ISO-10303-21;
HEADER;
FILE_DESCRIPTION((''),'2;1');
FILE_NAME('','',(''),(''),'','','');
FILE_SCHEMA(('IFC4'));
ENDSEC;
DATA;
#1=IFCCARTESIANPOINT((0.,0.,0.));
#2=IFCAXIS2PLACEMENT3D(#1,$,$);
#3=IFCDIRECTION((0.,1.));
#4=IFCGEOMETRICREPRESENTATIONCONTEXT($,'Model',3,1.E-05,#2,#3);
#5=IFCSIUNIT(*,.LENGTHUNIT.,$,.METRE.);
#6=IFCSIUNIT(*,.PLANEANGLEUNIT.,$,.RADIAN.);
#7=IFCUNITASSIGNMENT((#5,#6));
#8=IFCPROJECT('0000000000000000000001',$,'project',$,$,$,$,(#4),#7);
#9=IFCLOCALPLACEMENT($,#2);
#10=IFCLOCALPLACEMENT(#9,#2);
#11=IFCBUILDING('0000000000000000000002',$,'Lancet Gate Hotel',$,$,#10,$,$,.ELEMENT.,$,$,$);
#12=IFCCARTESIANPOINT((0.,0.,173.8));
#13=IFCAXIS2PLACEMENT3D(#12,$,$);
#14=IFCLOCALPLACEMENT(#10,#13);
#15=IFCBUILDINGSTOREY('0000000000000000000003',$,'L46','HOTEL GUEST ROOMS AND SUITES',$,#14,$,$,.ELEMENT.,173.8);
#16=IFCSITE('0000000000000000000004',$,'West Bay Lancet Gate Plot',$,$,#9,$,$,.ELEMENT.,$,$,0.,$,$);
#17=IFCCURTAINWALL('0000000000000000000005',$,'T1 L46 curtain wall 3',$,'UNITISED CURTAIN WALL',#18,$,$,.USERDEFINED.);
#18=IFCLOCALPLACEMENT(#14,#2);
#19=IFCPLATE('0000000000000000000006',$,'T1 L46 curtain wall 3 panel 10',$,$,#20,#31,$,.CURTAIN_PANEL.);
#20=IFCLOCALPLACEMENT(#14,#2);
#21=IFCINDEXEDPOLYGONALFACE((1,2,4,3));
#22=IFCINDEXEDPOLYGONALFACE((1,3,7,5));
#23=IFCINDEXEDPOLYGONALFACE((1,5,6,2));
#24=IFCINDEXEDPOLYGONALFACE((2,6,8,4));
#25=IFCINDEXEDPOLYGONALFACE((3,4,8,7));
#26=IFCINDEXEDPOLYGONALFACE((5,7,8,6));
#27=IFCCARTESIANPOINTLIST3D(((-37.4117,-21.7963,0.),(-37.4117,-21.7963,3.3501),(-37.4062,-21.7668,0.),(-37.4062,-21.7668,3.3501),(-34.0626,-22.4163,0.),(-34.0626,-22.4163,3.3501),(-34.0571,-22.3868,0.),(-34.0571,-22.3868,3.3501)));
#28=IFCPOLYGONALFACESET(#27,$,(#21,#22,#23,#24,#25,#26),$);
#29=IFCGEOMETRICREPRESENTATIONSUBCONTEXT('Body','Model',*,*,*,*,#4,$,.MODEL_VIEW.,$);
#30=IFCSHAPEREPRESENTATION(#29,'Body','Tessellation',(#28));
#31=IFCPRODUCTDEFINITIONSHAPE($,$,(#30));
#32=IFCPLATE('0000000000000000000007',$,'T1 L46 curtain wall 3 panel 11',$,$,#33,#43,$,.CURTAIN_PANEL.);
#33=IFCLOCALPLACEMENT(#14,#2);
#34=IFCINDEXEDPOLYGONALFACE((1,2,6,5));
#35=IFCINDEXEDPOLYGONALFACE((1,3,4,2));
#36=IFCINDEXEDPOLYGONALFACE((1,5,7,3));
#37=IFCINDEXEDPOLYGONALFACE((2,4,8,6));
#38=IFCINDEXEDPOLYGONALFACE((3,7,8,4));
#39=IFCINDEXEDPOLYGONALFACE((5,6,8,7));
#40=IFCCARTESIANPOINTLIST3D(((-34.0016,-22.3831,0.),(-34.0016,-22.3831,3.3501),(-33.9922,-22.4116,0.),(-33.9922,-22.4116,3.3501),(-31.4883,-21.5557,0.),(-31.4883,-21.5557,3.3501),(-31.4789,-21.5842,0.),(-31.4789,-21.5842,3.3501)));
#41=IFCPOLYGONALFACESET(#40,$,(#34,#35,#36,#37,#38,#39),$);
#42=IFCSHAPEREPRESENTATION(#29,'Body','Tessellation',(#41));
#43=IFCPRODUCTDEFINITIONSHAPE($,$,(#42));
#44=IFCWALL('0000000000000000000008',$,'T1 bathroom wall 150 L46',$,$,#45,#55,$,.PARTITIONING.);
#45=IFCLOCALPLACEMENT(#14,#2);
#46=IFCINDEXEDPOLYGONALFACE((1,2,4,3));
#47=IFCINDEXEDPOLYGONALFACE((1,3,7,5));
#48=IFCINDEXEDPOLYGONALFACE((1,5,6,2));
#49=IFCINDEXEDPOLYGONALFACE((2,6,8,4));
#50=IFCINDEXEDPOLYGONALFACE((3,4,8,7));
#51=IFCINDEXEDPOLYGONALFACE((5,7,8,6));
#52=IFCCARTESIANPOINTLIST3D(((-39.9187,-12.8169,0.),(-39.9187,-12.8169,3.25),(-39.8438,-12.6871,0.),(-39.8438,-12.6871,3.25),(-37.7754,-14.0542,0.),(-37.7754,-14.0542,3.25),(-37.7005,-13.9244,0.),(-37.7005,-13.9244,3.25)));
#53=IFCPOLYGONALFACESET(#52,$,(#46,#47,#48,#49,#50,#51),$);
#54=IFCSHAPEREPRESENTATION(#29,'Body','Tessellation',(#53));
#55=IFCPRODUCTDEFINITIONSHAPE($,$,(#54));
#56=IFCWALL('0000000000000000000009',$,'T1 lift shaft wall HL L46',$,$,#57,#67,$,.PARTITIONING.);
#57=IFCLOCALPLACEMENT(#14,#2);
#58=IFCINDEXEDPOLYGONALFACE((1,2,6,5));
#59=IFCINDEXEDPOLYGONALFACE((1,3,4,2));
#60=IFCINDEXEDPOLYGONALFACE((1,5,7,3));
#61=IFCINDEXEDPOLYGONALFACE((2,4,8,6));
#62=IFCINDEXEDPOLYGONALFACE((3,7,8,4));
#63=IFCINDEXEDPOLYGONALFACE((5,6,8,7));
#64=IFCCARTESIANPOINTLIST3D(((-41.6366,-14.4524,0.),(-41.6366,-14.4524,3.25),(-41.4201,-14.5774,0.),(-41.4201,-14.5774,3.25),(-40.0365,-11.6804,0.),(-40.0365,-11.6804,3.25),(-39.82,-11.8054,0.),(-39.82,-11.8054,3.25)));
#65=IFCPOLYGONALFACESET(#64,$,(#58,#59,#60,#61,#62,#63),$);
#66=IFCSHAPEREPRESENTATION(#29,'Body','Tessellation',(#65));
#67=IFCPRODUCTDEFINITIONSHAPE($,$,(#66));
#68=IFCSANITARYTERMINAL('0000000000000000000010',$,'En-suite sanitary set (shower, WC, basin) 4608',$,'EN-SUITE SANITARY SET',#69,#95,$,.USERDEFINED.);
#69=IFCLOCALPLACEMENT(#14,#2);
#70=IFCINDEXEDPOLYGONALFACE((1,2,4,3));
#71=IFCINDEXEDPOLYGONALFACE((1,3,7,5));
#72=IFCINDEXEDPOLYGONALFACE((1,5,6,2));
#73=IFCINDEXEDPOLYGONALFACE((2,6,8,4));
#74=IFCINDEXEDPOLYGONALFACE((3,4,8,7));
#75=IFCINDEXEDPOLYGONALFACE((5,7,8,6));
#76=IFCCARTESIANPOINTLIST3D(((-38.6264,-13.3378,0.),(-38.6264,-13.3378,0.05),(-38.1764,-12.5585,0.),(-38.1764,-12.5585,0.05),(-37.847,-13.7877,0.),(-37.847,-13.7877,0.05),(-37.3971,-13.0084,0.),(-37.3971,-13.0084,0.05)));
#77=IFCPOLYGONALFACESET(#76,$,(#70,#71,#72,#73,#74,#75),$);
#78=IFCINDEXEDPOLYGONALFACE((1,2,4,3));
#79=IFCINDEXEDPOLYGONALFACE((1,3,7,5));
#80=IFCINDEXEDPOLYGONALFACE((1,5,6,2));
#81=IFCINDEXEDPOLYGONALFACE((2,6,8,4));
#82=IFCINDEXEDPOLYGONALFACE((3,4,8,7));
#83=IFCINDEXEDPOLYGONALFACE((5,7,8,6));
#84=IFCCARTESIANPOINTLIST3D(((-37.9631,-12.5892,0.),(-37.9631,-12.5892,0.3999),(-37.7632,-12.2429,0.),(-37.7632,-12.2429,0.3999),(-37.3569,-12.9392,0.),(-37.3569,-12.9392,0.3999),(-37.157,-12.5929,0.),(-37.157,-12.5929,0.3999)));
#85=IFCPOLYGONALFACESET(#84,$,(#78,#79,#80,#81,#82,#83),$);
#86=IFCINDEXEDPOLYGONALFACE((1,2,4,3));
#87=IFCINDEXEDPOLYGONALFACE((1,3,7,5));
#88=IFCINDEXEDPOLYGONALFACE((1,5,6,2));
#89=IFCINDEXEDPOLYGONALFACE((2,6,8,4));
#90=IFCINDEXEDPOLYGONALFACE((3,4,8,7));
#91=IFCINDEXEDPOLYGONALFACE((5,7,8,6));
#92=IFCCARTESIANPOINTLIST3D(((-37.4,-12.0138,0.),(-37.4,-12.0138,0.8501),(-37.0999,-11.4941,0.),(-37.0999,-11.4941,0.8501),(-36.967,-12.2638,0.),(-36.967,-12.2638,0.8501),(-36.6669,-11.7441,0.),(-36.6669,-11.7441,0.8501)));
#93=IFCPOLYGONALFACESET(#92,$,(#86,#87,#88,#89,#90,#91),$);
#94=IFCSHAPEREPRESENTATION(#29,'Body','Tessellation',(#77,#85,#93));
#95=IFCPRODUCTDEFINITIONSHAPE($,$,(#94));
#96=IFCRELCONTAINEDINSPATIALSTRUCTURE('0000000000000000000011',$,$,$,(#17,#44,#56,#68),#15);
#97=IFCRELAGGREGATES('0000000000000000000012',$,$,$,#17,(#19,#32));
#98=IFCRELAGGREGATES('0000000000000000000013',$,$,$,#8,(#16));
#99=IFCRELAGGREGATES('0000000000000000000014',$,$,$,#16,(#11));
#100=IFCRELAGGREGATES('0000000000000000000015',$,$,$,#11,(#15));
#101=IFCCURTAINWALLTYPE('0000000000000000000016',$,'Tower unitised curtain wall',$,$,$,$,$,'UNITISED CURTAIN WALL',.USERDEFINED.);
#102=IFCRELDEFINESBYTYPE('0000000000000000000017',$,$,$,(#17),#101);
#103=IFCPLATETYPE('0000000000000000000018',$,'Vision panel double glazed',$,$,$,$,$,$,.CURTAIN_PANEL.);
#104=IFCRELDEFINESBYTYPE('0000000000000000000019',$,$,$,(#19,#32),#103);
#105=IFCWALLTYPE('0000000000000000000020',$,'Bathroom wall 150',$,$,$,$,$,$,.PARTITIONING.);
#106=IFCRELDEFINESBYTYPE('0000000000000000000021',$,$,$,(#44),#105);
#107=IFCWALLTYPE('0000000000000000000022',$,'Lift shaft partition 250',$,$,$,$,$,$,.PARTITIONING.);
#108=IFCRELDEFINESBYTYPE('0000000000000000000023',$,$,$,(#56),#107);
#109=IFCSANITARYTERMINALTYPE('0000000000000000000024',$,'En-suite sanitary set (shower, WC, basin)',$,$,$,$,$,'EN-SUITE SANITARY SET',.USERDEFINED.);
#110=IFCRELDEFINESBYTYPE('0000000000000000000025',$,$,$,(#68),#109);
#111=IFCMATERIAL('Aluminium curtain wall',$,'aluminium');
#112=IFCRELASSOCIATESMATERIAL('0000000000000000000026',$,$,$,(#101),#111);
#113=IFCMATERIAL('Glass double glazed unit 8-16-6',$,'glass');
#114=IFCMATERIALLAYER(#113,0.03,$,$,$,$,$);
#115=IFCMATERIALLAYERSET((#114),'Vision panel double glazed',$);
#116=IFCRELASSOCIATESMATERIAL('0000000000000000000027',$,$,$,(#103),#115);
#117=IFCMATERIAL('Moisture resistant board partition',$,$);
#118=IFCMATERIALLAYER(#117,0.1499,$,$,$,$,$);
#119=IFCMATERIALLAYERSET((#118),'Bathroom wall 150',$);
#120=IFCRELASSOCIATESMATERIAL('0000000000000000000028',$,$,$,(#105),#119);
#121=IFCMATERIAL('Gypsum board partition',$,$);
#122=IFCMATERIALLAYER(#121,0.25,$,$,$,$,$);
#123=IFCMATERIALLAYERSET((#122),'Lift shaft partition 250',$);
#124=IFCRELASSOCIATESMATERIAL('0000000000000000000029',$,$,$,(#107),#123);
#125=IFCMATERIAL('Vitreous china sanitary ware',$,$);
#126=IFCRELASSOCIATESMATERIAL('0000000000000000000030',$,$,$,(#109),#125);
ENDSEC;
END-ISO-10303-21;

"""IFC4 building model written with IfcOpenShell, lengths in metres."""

from ifc_helpers import new_model, si_unit, direction, frame, frame_2d, origin, origin_2d, place, context, subcontext, project, spatial, rectangle, extrude, material, layer, layer_set, type_object, element, aggregate, save


model = new_model("IFC4")

# Units and contexts
model_context = context("Model", 3, precision=1e-05, world=origin(), true_north=direction((0.0, 1.0)))
body_context = subcontext(model_context, "Body", "Model", "MODEL_VIEW")
ifc_project = project(units=[si_unit("LENGTHUNIT", "METRE"), si_unit("PLANEANGLEUNIT", "RADIAN")], contexts=[model_context])

# Site, building, storey
site_placement = place(None, origin())
site = spatial("IfcSite", under=ifc_project, at=site_placement, Name="West Bay Lancet Gate Plot", CompositionType="ELEMENT", RefElevation=0.0)
building_placement = place(site_placement, origin())
building = spatial("IfcBuilding", under=site, at=building_placement, Name="Lancet Gate Hotel", CompositionType="ELEMENT")
storey_placement = place(building_placement, frame((0.0, 0.0, 173.8)))
storey = spatial("IfcBuildingStorey", under=building, at=storey_placement, Name="L46", Description="HOTEL GUEST ROOMS AND SUITES", CompositionType="ELEMENT", Elevation=173.8)

# Curtain wall
ifc_material_1 = material(Name="Aluminium curtain wall", Category="aluminium")
curtain_wall_type = type_object("IfcCurtainWallType", Name="Tower unitised curtain wall", ElementType="UNITISED CURTAIN WALL", PredefinedType="USERDEFINED", material=ifc_material_1)
curtain_wall_placement = place(storey_placement, origin())
curtain_wall = element("IfcCurtainWall", 1, at=curtain_wall_placement, inside=storey, type_object=curtain_wall_type, Name="T1 L46 curtain wall 3", ObjectType="UNITISED CURTAIN WALL", PredefinedType="USERDEFINED")

# Plates
ifc_material_2 = material(Name="Glass double glazed unit 8-16-6", Category="glass")
ifc_layer_1 = layer(ifc_material_2, 0.03)
ifc_layer_set_1 = layer_set([ifc_layer_1], Name="Vision panel double glazed")
plate_type = type_object("IfcPlateType", Name="Vision panel double glazed", PredefinedType="CURTAIN_PANEL", material=ifc_layer_set_1)
plate_1_placement = place(storey_placement, frame((-35.7344, -22.0916, 0.0), z_axis=(0.0, 0.0, 1.0), x_axis=(0.983292, -0.182033, 0.0)))
plate_1 = element("IfcPlate", 2, at=plate_1_placement, type_object=plate_type, Name="T1 L46 curtain wall 3 panel 10", PredefinedType="CURTAIN_PANEL", context=body_context, shape_type="SweptSolid", body=[
    extrude(rectangle(XDim=3.406, YDim=0.03, at=origin_2d()), origin(), (0.0, 0.0, 1.0), 3.3501),
])
plate_2_placement = place(storey_placement, frame((-32.7402, -21.9836, 0.0), z_axis=(0.0, 0.0, 1.0), x_axis=(0.949848, 0.312712, 0.0)))
plate_2 = element("IfcPlate", 3, at=plate_2_placement, type_object=plate_type, Name="T1 L46 curtain wall 3 panel 11", PredefinedType="CURTAIN_PANEL", context=body_context, shape_type="SweptSolid", body=[
    extrude(rectangle(XDim=2.646, YDim=0.03, at=origin_2d()), origin(), (0.0, 0.0, 1.0), 3.3501),
])
aggregate(curtain_wall, [plate_1, plate_2])

# Walls
ifc_material_3 = material(Name="Moisture resistant board partition")
ifc_layer_2 = layer(ifc_material_3, 0.1499)
ifc_layer_set_2 = layer_set([ifc_layer_2], Name="Bathroom wall 150")
wall_type_1 = type_object("IfcWallType", Name="Bathroom wall 150", PredefinedType="PARTITIONING", material=ifc_layer_set_2)
wall_1_placement = place(storey_placement, frame((-37.738, -13.9893, 0.0), z_axis=(0.0, 0.0, 1.0), x_axis=(-0.866049, 0.499959, 0.0)))
element("IfcWall", 4, at=wall_1_placement, inside=storey, type_object=wall_type_1, Name="T1 bathroom wall 150 L46", PredefinedType="PARTITIONING", context=body_context, shape_type="SweptSolid", body=[
    extrude(rectangle(XDim=2.4749, YDim=0.1499, at=frame_2d((1.2373, 0.0))), origin(), (0.0, 0.0, 1.0), 3.25),
])
ifc_material_4 = material(Name="Gypsum board partition")
ifc_layer_3 = layer(ifc_material_4, 0.25)
ifc_layer_set_3 = layer_set([ifc_layer_3], Name="Lift shaft partition 250")
wall_type_2 = type_object("IfcWallType", Name="Lift shaft partition 250", PredefinedType="PARTITIONING", material=ifc_layer_set_3)
wall_2_placement = place(storey_placement, frame((-39.9282, -11.7429, 0.0), z_axis=(0.0, 0.0, 1.0), x_axis=(-0.499929, -0.866066, 0.0)))
element("IfcWall", 5, at=wall_2_placement, inside=storey, type_object=wall_type_2, Name="T1 lift shaft wall HL L46", PredefinedType="PARTITIONING", context=body_context, shape_type="SweptSolid", body=[
    extrude(rectangle(XDim=3.2007, YDim=0.25, at=frame_2d((1.6003, 0.0))), origin(), (0.0, 0.0, 1.0), 3.25),
])

# Sanitary terminal
ifc_material_5 = material(Name="Vitreous china sanitary ware")
sanitary_terminal_type = type_object("IfcSanitaryTerminalType", Name="En-suite sanitary set (shower, WC, basin)", ElementType="EN-SUITE SANITARY SET", PredefinedType="USERDEFINED", material=ifc_material_5)
sanitary_terminal_placement = place(storey_placement, frame((-38.0117, -13.1731, 0.0), z_axis=(0.0, 0.0, 1.0), x_axis=(1.0, 0.0, 0.0)))
element("IfcSanitaryTerminal", 6, at=sanitary_terminal_placement, inside=storey, type_object=sanitary_terminal_type, Name="En-suite sanitary set (shower, WC, basin) 4608", ObjectType="EN-SUITE SANITARY SET", PredefinedType="USERDEFINED", context=body_context, shape_type="SweptSolid", body=[
    extrude(rectangle(XDim=0.8999, YDim=0.8999, at=origin_2d()), frame((0.0, 0.0, 0.0), z_axis=(0.0, 0.0, 1.0), x_axis=(-0.5, -0.866025, 0.0)), (0.0, 0.0, 1.0), 0.05),
    extrude(rectangle(XDim=0.3999, YDim=0.7, at=origin_2d()), frame((0.4517, 0.582, 0.0), z_axis=(0.0, 0.0, 1.0), x_axis=(-0.5, -0.866025, 0.0)), (0.0, 0.0, 1.0), 0.3999),
    extrude(rectangle(XDim=0.6001, YDim=0.5, at=origin_2d()), frame((0.9783, 1.2942, 0.0), z_axis=(0.0, 0.0, 1.0), x_axis=(-0.5, -0.866025, 0.0)), (0.0, 0.0, 1.0), 0.8501),
])

save(model, "model.ifc")
